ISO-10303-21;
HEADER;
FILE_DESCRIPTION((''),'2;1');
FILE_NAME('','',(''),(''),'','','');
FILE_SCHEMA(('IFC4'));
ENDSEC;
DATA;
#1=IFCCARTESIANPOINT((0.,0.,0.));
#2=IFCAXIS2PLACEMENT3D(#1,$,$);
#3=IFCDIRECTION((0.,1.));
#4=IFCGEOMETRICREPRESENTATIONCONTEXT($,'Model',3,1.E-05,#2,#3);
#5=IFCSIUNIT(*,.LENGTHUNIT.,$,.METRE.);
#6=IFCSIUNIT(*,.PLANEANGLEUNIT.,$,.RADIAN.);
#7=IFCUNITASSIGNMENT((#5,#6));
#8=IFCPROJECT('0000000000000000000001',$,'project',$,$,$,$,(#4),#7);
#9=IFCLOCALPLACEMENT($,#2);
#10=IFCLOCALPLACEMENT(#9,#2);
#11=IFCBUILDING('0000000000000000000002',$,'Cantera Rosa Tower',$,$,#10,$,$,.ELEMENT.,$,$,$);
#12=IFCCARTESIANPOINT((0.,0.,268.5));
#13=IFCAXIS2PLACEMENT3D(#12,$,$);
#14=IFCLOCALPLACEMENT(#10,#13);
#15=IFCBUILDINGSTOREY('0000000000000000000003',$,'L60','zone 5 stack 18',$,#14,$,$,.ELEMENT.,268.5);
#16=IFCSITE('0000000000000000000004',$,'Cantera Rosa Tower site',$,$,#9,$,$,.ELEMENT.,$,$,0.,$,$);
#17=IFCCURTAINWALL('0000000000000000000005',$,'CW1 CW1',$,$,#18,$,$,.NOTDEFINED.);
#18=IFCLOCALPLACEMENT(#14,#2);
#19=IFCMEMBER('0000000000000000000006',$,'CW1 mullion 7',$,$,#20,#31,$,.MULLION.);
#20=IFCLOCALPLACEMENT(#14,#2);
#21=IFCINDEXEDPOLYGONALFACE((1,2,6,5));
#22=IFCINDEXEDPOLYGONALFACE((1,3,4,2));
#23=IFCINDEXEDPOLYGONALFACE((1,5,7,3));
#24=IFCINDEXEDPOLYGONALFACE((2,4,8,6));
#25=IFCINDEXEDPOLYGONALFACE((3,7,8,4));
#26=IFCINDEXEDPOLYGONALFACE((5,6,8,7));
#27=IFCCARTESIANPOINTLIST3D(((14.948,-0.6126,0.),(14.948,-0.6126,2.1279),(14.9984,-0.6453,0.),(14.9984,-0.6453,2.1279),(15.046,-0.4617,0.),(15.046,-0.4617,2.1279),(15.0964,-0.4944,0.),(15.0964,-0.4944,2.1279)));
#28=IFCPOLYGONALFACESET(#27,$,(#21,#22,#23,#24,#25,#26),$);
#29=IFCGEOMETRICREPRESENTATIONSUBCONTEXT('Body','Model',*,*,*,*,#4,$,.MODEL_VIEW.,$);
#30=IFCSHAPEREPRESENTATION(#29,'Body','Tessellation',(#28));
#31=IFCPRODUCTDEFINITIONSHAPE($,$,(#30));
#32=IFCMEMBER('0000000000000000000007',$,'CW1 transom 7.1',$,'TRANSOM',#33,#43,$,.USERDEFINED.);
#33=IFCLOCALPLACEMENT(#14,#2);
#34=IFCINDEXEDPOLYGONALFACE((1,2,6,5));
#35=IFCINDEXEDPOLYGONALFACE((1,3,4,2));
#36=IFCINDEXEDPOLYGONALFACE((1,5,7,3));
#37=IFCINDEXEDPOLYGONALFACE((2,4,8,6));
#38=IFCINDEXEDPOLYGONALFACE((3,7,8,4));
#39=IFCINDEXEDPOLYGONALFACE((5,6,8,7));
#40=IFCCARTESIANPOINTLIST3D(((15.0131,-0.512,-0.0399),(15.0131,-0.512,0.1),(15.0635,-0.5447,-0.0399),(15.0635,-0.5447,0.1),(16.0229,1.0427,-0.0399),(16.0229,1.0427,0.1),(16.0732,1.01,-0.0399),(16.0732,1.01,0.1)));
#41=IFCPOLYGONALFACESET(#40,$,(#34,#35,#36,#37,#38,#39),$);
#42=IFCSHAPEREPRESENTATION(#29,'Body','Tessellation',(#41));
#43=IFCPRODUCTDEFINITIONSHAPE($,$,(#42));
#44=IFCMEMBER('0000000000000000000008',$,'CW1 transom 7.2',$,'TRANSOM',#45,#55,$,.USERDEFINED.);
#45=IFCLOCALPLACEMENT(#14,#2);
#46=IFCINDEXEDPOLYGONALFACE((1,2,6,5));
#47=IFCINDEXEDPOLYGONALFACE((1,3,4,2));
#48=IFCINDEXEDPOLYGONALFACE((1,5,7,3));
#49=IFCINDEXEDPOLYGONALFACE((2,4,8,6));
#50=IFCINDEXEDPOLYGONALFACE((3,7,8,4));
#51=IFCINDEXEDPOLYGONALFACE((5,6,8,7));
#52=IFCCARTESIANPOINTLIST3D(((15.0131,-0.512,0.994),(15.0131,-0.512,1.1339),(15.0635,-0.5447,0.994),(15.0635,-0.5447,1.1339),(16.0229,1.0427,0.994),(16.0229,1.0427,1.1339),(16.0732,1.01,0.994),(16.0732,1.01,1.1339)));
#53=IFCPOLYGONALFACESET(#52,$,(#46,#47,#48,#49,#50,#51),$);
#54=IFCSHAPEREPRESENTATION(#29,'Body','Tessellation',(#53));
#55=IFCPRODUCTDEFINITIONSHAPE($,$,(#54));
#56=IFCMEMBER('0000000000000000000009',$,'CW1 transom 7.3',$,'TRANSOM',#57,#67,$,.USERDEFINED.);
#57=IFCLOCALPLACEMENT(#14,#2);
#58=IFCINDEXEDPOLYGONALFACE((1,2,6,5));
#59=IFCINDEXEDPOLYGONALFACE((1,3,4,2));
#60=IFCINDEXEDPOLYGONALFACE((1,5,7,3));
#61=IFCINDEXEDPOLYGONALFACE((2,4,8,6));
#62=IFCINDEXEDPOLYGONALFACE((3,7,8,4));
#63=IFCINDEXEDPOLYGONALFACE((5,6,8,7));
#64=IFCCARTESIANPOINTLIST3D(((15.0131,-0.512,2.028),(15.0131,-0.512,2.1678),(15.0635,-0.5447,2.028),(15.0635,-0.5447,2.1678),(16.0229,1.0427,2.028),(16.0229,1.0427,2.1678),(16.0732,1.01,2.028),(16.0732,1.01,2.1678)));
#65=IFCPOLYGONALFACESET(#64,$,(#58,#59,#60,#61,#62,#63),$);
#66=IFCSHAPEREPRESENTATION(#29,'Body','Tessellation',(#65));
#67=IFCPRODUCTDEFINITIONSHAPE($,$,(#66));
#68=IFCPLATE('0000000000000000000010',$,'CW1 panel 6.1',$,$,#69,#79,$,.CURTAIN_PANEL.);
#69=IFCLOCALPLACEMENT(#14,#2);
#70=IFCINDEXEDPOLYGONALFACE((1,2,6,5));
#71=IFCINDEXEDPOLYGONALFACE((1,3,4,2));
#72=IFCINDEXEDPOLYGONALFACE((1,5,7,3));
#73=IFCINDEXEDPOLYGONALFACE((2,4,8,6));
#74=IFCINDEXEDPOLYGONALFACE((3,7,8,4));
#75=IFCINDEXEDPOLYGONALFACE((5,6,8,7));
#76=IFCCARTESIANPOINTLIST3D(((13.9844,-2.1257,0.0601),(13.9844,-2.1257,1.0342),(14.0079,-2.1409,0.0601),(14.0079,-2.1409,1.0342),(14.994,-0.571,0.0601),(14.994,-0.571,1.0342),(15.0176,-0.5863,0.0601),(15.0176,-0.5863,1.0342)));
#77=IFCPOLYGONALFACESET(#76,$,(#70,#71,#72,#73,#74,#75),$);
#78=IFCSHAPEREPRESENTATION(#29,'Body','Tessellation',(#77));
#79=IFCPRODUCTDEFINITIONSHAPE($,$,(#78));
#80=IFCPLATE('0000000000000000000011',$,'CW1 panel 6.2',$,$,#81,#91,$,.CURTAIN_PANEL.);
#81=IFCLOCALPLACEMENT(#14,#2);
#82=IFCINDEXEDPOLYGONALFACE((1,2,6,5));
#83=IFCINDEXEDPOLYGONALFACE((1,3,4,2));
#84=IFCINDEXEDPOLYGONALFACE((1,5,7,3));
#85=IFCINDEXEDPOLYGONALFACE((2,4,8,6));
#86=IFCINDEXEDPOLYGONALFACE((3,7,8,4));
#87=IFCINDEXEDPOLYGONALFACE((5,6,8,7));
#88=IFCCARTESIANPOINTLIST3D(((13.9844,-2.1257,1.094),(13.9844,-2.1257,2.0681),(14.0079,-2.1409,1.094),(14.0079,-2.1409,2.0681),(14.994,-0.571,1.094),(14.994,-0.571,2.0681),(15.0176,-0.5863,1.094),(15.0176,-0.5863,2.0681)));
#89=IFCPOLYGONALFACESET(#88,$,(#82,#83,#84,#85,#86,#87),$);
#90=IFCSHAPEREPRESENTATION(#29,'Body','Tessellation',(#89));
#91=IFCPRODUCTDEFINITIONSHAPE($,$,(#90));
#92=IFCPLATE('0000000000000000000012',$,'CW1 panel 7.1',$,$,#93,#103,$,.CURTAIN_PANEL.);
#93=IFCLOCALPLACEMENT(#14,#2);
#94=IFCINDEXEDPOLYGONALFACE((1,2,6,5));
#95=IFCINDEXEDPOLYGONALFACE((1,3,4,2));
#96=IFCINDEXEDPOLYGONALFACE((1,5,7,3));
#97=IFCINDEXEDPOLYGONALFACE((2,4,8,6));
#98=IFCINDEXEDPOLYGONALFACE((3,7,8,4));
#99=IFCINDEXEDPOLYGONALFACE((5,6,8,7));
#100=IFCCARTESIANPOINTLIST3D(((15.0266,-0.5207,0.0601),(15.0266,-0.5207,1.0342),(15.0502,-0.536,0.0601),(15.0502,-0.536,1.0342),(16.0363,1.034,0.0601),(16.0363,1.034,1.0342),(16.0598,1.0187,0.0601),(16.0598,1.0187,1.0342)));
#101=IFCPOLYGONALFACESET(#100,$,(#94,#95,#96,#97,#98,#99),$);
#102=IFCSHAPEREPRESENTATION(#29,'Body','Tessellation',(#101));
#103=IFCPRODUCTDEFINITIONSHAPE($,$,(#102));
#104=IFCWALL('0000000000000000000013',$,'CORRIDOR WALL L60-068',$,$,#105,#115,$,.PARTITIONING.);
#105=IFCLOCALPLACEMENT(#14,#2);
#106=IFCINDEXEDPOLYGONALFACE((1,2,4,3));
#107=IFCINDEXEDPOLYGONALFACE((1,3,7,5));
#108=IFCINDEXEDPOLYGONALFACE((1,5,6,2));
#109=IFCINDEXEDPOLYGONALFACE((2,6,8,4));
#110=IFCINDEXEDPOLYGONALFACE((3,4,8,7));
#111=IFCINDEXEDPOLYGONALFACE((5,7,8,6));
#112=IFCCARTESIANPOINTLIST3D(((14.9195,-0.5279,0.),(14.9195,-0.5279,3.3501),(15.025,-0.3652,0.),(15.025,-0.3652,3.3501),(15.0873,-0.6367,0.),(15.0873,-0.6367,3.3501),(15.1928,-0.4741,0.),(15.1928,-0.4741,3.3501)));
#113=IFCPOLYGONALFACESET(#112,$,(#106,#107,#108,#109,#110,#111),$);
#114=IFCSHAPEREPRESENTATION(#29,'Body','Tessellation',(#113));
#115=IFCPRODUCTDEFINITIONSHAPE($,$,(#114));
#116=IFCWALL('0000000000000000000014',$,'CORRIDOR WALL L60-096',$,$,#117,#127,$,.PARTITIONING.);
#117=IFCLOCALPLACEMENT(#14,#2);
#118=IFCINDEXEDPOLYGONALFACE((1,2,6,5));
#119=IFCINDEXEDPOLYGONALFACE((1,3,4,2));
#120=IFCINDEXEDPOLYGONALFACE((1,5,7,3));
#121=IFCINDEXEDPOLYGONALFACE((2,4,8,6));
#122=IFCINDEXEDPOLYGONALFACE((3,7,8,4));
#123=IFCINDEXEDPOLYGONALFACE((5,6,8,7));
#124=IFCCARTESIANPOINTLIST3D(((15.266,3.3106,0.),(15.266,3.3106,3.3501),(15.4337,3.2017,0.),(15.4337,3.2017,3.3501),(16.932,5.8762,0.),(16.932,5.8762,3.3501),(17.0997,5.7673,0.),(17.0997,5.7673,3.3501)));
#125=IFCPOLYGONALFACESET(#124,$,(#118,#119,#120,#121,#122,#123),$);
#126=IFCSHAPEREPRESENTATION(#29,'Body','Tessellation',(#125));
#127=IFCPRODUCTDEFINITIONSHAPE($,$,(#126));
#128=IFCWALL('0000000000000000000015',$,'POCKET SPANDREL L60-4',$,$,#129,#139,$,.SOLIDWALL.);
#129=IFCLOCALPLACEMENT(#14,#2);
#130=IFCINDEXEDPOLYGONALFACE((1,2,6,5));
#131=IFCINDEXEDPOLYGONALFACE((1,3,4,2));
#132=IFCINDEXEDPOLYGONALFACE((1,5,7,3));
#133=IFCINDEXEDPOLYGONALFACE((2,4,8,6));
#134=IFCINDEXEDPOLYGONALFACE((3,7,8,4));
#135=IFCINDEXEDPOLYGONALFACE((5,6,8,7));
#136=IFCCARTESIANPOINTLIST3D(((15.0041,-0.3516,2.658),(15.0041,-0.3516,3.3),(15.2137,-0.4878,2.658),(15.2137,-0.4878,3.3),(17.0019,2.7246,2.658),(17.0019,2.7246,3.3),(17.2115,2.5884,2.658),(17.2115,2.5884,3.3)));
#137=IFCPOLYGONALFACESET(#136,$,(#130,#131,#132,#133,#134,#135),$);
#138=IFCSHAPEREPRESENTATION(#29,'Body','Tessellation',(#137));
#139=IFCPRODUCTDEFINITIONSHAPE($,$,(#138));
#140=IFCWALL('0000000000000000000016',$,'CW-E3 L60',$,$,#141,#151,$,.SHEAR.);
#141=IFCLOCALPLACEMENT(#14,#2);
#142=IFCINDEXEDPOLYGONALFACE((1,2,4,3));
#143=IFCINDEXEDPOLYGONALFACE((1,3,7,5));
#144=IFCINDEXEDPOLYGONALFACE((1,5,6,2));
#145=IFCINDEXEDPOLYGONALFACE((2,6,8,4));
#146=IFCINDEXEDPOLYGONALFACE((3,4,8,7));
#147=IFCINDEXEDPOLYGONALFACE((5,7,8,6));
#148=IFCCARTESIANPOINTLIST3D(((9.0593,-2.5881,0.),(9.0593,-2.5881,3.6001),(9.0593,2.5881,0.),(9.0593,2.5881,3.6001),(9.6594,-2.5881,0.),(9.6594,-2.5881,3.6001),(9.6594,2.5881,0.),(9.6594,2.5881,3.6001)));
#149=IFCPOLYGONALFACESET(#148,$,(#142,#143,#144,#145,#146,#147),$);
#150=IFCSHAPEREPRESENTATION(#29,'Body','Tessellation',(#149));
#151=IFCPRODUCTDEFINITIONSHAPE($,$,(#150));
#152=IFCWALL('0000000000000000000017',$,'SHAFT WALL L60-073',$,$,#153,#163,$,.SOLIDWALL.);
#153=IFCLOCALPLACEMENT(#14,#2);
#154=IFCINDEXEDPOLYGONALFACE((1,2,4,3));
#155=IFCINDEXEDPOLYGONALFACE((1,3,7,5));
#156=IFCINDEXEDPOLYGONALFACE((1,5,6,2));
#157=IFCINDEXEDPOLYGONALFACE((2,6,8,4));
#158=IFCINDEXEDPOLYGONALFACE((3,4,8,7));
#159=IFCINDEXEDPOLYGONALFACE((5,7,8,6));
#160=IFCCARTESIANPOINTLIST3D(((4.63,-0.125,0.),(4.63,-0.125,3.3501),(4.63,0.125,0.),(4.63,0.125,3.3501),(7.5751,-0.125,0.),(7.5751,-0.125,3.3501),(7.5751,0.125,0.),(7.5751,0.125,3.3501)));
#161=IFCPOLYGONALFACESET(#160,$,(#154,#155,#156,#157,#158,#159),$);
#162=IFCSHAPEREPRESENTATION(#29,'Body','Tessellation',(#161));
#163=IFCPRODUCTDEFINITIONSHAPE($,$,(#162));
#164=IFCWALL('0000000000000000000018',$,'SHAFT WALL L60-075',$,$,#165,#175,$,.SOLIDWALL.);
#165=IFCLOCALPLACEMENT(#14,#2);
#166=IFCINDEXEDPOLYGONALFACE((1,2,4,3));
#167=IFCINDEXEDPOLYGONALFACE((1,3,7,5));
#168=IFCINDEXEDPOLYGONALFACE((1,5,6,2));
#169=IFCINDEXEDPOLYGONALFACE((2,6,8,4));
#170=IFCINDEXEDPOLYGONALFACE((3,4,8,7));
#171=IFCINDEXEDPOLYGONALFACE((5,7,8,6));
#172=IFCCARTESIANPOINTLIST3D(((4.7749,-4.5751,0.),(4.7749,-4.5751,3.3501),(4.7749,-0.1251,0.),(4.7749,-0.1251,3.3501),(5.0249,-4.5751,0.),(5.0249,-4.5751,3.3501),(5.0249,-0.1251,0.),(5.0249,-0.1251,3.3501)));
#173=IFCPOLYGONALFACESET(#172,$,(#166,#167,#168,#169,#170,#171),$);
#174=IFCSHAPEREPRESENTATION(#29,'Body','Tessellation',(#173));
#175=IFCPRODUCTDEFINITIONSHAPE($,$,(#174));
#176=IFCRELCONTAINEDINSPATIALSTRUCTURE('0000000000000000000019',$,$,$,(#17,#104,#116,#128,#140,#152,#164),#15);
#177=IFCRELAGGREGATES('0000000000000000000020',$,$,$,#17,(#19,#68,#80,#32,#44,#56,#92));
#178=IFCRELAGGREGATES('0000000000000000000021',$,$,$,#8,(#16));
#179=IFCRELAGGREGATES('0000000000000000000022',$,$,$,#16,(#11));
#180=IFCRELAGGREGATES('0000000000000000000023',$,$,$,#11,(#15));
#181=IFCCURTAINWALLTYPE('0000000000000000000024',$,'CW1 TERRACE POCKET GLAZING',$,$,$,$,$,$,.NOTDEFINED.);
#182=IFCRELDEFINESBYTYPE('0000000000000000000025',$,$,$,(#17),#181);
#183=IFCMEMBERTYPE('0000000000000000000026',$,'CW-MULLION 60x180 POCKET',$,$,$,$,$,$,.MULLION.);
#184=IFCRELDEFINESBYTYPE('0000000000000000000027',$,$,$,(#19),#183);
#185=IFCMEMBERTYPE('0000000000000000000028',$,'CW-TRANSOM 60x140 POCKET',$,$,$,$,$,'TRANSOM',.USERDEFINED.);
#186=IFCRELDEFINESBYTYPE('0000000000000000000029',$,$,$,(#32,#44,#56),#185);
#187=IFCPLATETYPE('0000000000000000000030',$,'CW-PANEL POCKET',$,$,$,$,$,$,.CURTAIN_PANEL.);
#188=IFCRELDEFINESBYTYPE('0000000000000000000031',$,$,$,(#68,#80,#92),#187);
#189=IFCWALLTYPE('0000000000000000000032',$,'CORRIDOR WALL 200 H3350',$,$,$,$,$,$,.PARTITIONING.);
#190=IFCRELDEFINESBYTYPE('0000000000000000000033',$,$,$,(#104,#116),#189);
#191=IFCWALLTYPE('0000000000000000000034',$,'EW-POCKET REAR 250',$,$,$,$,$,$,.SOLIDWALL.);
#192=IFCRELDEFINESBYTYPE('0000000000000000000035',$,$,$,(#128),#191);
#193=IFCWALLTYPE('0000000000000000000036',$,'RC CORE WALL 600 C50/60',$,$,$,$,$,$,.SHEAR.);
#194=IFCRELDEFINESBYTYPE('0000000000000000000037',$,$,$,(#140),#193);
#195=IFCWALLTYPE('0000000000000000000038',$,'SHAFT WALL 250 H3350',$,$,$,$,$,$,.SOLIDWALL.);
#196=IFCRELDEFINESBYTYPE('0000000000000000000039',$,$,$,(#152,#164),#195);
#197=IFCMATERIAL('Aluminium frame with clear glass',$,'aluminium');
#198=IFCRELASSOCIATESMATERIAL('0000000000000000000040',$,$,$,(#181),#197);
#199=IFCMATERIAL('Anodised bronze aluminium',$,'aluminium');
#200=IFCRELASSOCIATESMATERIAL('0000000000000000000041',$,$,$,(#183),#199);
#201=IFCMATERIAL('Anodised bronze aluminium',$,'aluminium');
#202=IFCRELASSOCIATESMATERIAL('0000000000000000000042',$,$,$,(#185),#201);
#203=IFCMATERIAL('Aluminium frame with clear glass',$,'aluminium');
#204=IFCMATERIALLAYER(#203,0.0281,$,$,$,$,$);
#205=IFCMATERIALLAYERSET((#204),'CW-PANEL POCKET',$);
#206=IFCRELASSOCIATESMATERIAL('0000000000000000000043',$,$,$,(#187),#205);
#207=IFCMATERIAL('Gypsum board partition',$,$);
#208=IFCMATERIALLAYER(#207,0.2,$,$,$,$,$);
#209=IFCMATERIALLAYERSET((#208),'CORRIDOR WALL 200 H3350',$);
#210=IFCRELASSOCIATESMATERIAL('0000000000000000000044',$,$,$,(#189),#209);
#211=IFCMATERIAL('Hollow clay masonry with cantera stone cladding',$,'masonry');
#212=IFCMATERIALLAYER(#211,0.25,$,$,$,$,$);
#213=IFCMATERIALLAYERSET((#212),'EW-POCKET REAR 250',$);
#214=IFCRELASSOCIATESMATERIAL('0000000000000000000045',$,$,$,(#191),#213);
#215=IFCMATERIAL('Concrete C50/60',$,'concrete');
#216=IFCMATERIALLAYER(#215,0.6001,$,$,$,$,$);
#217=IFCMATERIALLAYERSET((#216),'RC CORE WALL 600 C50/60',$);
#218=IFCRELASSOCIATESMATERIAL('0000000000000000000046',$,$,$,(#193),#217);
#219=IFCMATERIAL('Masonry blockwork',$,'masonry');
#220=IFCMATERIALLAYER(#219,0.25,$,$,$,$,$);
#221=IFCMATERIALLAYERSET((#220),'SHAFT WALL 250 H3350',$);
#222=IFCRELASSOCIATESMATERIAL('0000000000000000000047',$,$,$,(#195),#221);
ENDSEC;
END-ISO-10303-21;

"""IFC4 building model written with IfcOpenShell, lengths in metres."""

from ifc_helpers import new_model, si_unit, direction, frame, frame_2d, origin, origin_2d, place, context, subcontext, project, spatial, rectangle, extrude, material, layer, layer_set, material_profile, profile_set, type_object, element, aggregate, save


model = new_model("IFC4")

# Units and contexts
model_context = context("Model", 3, precision=1e-05, world=origin(), true_north=direction((0.0, 1.0)))
body_context = subcontext(model_context, "Body", "Model", "MODEL_VIEW")
ifc_project = project(units=[si_unit("LENGTHUNIT", "METRE"), si_unit("PLANEANGLEUNIT", "RADIAN")], contexts=[model_context])

# Site, building, storey
site_placement = place(None, origin())
site = spatial("IfcSite", under=ifc_project, at=site_placement, Name="Cantera Rosa Tower site", CompositionType="ELEMENT", RefElevation=0.0)
building_placement = place(site_placement, origin())
building = spatial("IfcBuilding", under=site, at=building_placement, Name="Cantera Rosa Tower", CompositionType="ELEMENT")
storey_placement = place(building_placement, frame((0.0, 0.0, 268.5)))
storey = spatial("IfcBuildingStorey", under=building, at=storey_placement, Name="L60", Description="zone 5 stack 18", CompositionType="ELEMENT", Elevation=268.5)

# Curtain wall, members, plates
ifc_material_1 = material(Name="Aluminium frame with clear glass", Category="aluminium")
curtain_wall_type = type_object("IfcCurtainWallType", Name="CW1 TERRACE POCKET GLAZING", PredefinedType="NOTDEFINED", material=ifc_material_1)
curtain_wall_placement = place(storey_placement, origin())
curtain_wall = element("IfcCurtainWall", 1, at=curtain_wall_placement, inside=storey, type_object=curtain_wall_type, Name="CW1 CW1", PredefinedType="NOTDEFINED")
ifc_material_2 = material(Name="Anodised bronze aluminium", Category="aluminium")
ifc_material_profile_1 = material_profile(ifc_material_2, rectangle(XDim=0.0601, YDim=0.1799, at=origin_2d()), Name="CW-MULLION 60x180 POCKET")
ifc_profile_set_1 = profile_set([ifc_material_profile_1], Name="Anodised bronze aluminium")
member_type_1 = type_object("IfcMemberType", Name="CW-MULLION 60x180 POCKET", PredefinedType="MULLION", material=ifc_profile_set_1)
member_1_placement = place(storey_placement, frame((15.0222, -0.5535, 0.0), z_axis=(0.0, 0.0, 1.0), x_axis=(-0.838671, 0.544639, 0.0)))
member_1 = element("IfcMember", 2, at=member_1_placement, type_object=member_type_1, Name="CW1 mullion 7", PredefinedType="MULLION", context=body_context, shape_type="SweptSolid", body=[
    extrude(rectangle(XDim=0.0601, YDim=0.1799, at=origin_2d()), origin(), (0.0, 0.0, 1.0), 2.1279),
])
ifc_material_3 = material(Name="Anodised bronze aluminium", Category="aluminium")
ifc_material_profile_2 = material_profile(ifc_material_3, rectangle(XDim=0.0601, YDim=0.1399, at=origin_2d()), Name="CW-TRANSOM 60x140 POCKET")
ifc_profile_set_2 = profile_set([ifc_material_profile_2], Name="Anodised bronze aluminium")
member_type_2 = type_object("IfcMemberType", Name="CW-TRANSOM 60x140 POCKET", ElementType="TRANSOM", PredefinedType="USERDEFINED", material=ifc_profile_set_2)
member_2_placement = place(storey_placement, frame((15.0383, -0.5283, 0.03), z_axis=(0.544692, 0.838636, 0.0), x_axis=(-0.838636, 0.544692, 0.0)))
member_2 = element("IfcMember", 3, at=member_2_placement, type_object=member_type_2, Name="CW1 transom 7.1", ObjectType="TRANSOM", PredefinedType="USERDEFINED", context=body_context, shape_type="SweptSolid", body=[
    extrude(rectangle(XDim=0.0601, YDim=0.1399, at=origin_2d()), origin(), (0.0, 0.0, 1.0), 1.8538),
])
member_3_placement = place(storey_placement, frame((15.0383, -0.5283, 1.064), z_axis=(0.544692, 0.838636, 0.0), x_axis=(-0.838636, 0.544692, 0.0)))
member_3 = element("IfcMember", 4, at=member_3_placement, type_object=member_type_2, Name="CW1 transom 7.2", ObjectType="TRANSOM", PredefinedType="USERDEFINED", context=body_context, shape_type="SweptSolid", body=[
    extrude(rectangle(XDim=0.0601, YDim=0.1399, at=origin_2d()), origin(), (0.0, 0.0, 1.0), 1.8538),
])
member_4_placement = place(storey_placement, frame((15.0383, -0.5283, 2.0979), z_axis=(0.544692, 0.838636, 0.0), x_axis=(-0.838636, 0.544692, 0.0)))
member_4 = element("IfcMember", 5, at=member_4_placement, type_object=member_type_2, Name="CW1 transom 7.3", ObjectType="TRANSOM", PredefinedType="USERDEFINED", context=body_context, shape_type="SweptSolid", body=[
    extrude(rectangle(XDim=0.0601, YDim=0.1399, at=origin_2d()), origin(), (0.0, 0.0, 1.0), 1.8538),
])
ifc_material_4 = material(Name="Aluminium frame with clear glass", Category="aluminium")
ifc_layer_1 = layer(ifc_material_4, 0.0281)
ifc_layer_set_1 = layer_set([ifc_layer_1], Name="CW-PANEL POCKET")
plate_type = type_object("IfcPlateType", Name="CW-PANEL POCKET", PredefinedType="CURTAIN_PANEL", material=ifc_layer_set_1)
plate_1_placement = place(storey_placement, frame((14.501, -1.356, 0.0601), z_axis=(0.0, 0.0, 1.0), x_axis=(0.544639, 0.838671, 0.0)))
plate_1 = element("IfcPlate", 6, at=plate_1_placement, type_object=plate_type, Name="CW1 panel 6.1", PredefinedType="CURTAIN_PANEL", context=body_context, shape_type="SweptSolid", body=[
    extrude(rectangle(XDim=1.8538, YDim=0.0281, at=origin_2d()), origin(), (0.0, 0.0, 1.0), 0.9741),
])
plate_2_placement = place(storey_placement, frame((14.501, -1.356, 1.094), z_axis=(0.0, 0.0, 1.0), x_axis=(0.544639, 0.838671, 0.0)))
plate_2 = element("IfcPlate", 7, at=plate_2_placement, type_object=plate_type, Name="CW1 panel 6.2", PredefinedType="CURTAIN_PANEL", context=body_context, shape_type="SweptSolid", body=[
    extrude(rectangle(XDim=1.8538, YDim=0.0281, at=origin_2d()), origin(), (0.0, 0.0, 1.0), 0.9741),
])
plate_3_placement = place(storey_placement, frame((15.5432, 0.249, 0.0601), z_axis=(0.0, 0.0, 1.0), x_axis=(0.544639, 0.838671, 0.0)))
plate_3 = element("IfcPlate", 8, at=plate_3_placement, type_object=plate_type, Name="CW1 panel 7.1", PredefinedType="CURTAIN_PANEL", context=body_context, shape_type="SweptSolid", body=[
    extrude(rectangle(XDim=1.8538, YDim=0.0281, at=origin_2d()), origin(), (0.0, 0.0, 1.0), 0.9741),
])
aggregate(curtain_wall, [member_1, plate_1, plate_2, member_2, member_3, member_4, plate_3])

# Walls
ifc_material_5 = material(Name="Gypsum board partition")
ifc_layer_2 = layer(ifc_material_5, 0.2)
ifc_layer_set_2 = layer_set([ifc_layer_2], Name="CORRIDOR WALL 200 H3350")
wall_type_1 = type_object("IfcWallType", Name="CORRIDOR WALL 200 H3350", PredefinedType="PARTITIONING", material=ifc_layer_set_2)
wall_1_placement = place(storey_placement, frame((15.0034, -0.5823, 0.0), z_axis=(0.0, 0.0, 1.0), x_axis=(0.544191, 0.838961, 0.0)))
element("IfcWall", 9, at=wall_1_placement, inside=storey, type_object=wall_type_1, Name="CORRIDOR WALL L60-068", PredefinedType="PARTITIONING", context=body_context, shape_type="SweptSolid", body=[
    extrude(rectangle(XDim=0.1938, YDim=0.2, at=frame_2d((0.0969, 0.0))), origin(), (0.0, 0.0, 1.0), 3.3501),
])
wall_2_placement = place(storey_placement, frame((15.3499, 3.2561, 0.0), z_axis=(0.0, 0.0, 1.0), x_axis=(0.544604, 0.838693, 0.0)))
element("IfcWall", 10, at=wall_2_placement, inside=storey, type_object=wall_type_1, Name="CORRIDOR WALL L60-096", PredefinedType="PARTITIONING", context=body_context, shape_type="SweptSolid", body=[
    extrude(rectangle(XDim=3.0591, YDim=0.2, at=frame_2d((1.5295, 0.0))), origin(), (0.0, 0.0, 1.0), 3.3501),
])
ifc_material_6 = material(Name="Hollow clay masonry with cantera stone cladding", Category="masonry")
ifc_layer_3 = layer(ifc_material_6, 0.25)
ifc_layer_set_3 = layer_set([ifc_layer_3], Name="EW-POCKET REAR 250")
wall_type_2 = type_object("IfcWallType", Name="EW-POCKET REAR 250", PredefinedType="SOLIDWALL", material=ifc_layer_set_3)
wall_3_placement = place(storey_placement, frame((15.1089, -0.4197, 2.658), z_axis=(0.0, 0.0, 1.0), x_axis=(0.544661, 0.838656, 0.0)))
element("IfcWall", 11, at=wall_3_placement, inside=storey, type_object=wall_type_2, Name="POCKET SPANDREL L60-4", PredefinedType="SOLIDWALL", context=body_context, shape_type="SweptSolid", body=[
    extrude(rectangle(XDim=3.668, YDim=0.25, at=frame_2d((1.834, 0.0))), origin(), (0.0, 0.0, 1.0), 0.6421),
])
ifc_material_7 = material(Name="Concrete C50/60", Category="concrete")
ifc_layer_4 = layer(ifc_material_7, 0.6001)
ifc_layer_set_4 = layer_set([ifc_layer_4], Name="RC CORE WALL 600 C50/60")
wall_type_3 = type_object("IfcWallType", Name="RC CORE WALL 600 C50/60", PredefinedType="SHEAR", material=ifc_layer_set_4)
wall_4_placement = place(storey_placement, frame((9.3594, 2.5881, 0.0), z_axis=(0.0, 0.0, 1.0), x_axis=(0.0, -1.0, 0.0)))
element("IfcWall", 12, at=wall_4_placement, inside=storey, type_object=wall_type_3, Name="CW-E3 L60", PredefinedType="SHEAR", context=body_context, shape_type="SweptSolid", body=[
    extrude(rectangle(XDim=5.1763, YDim=0.6001, at=frame_2d((2.5881, 0.0))), origin(), (0.0, 0.0, 1.0), 3.6001),
])
ifc_material_8 = material(Name="Masonry blockwork", Category="masonry")
ifc_layer_5 = layer(ifc_material_8, 0.25)
ifc_layer_set_5 = layer_set([ifc_layer_5], Name="SHAFT WALL 250 H3350")
wall_type_4 = type_object("IfcWallType", Name="SHAFT WALL 250 H3350", PredefinedType="SOLIDWALL", material=ifc_layer_set_5)
wall_5_placement = place(storey_placement, frame((4.6299, 0.0, 0.0), z_axis=(0.0, 0.0, 1.0), x_axis=(1.0, 0.0, 0.0)))
element("IfcWall", 13, at=wall_5_placement, inside=storey, type_object=wall_type_4, Name="SHAFT WALL L60-073", PredefinedType="SOLIDWALL", context=body_context, shape_type="SweptSolid", body=[
    extrude(rectangle(XDim=2.9451, YDim=0.25, at=frame_2d((1.4727, 0.0))), origin(), (0.0, 0.0, 1.0), 3.3501),
])
wall_6_placement = place(storey_placement, frame((4.8999, -0.125, 0.0), z_axis=(0.0, 0.0, 1.0), x_axis=(0.0, -1.0, 0.0)))
element("IfcWall", 14, at=wall_6_placement, inside=storey, type_object=wall_type_4, Name="SHAFT WALL L60-075", PredefinedType="SOLIDWALL", context=body_context, shape_type="SweptSolid", body=[
    extrude(rectangle(XDim=4.45, YDim=0.25, at=frame_2d((2.2251, 0.0))), origin(), (0.0, 0.0, 1.0), 3.3501),
])

save(model, "model.ifc")
